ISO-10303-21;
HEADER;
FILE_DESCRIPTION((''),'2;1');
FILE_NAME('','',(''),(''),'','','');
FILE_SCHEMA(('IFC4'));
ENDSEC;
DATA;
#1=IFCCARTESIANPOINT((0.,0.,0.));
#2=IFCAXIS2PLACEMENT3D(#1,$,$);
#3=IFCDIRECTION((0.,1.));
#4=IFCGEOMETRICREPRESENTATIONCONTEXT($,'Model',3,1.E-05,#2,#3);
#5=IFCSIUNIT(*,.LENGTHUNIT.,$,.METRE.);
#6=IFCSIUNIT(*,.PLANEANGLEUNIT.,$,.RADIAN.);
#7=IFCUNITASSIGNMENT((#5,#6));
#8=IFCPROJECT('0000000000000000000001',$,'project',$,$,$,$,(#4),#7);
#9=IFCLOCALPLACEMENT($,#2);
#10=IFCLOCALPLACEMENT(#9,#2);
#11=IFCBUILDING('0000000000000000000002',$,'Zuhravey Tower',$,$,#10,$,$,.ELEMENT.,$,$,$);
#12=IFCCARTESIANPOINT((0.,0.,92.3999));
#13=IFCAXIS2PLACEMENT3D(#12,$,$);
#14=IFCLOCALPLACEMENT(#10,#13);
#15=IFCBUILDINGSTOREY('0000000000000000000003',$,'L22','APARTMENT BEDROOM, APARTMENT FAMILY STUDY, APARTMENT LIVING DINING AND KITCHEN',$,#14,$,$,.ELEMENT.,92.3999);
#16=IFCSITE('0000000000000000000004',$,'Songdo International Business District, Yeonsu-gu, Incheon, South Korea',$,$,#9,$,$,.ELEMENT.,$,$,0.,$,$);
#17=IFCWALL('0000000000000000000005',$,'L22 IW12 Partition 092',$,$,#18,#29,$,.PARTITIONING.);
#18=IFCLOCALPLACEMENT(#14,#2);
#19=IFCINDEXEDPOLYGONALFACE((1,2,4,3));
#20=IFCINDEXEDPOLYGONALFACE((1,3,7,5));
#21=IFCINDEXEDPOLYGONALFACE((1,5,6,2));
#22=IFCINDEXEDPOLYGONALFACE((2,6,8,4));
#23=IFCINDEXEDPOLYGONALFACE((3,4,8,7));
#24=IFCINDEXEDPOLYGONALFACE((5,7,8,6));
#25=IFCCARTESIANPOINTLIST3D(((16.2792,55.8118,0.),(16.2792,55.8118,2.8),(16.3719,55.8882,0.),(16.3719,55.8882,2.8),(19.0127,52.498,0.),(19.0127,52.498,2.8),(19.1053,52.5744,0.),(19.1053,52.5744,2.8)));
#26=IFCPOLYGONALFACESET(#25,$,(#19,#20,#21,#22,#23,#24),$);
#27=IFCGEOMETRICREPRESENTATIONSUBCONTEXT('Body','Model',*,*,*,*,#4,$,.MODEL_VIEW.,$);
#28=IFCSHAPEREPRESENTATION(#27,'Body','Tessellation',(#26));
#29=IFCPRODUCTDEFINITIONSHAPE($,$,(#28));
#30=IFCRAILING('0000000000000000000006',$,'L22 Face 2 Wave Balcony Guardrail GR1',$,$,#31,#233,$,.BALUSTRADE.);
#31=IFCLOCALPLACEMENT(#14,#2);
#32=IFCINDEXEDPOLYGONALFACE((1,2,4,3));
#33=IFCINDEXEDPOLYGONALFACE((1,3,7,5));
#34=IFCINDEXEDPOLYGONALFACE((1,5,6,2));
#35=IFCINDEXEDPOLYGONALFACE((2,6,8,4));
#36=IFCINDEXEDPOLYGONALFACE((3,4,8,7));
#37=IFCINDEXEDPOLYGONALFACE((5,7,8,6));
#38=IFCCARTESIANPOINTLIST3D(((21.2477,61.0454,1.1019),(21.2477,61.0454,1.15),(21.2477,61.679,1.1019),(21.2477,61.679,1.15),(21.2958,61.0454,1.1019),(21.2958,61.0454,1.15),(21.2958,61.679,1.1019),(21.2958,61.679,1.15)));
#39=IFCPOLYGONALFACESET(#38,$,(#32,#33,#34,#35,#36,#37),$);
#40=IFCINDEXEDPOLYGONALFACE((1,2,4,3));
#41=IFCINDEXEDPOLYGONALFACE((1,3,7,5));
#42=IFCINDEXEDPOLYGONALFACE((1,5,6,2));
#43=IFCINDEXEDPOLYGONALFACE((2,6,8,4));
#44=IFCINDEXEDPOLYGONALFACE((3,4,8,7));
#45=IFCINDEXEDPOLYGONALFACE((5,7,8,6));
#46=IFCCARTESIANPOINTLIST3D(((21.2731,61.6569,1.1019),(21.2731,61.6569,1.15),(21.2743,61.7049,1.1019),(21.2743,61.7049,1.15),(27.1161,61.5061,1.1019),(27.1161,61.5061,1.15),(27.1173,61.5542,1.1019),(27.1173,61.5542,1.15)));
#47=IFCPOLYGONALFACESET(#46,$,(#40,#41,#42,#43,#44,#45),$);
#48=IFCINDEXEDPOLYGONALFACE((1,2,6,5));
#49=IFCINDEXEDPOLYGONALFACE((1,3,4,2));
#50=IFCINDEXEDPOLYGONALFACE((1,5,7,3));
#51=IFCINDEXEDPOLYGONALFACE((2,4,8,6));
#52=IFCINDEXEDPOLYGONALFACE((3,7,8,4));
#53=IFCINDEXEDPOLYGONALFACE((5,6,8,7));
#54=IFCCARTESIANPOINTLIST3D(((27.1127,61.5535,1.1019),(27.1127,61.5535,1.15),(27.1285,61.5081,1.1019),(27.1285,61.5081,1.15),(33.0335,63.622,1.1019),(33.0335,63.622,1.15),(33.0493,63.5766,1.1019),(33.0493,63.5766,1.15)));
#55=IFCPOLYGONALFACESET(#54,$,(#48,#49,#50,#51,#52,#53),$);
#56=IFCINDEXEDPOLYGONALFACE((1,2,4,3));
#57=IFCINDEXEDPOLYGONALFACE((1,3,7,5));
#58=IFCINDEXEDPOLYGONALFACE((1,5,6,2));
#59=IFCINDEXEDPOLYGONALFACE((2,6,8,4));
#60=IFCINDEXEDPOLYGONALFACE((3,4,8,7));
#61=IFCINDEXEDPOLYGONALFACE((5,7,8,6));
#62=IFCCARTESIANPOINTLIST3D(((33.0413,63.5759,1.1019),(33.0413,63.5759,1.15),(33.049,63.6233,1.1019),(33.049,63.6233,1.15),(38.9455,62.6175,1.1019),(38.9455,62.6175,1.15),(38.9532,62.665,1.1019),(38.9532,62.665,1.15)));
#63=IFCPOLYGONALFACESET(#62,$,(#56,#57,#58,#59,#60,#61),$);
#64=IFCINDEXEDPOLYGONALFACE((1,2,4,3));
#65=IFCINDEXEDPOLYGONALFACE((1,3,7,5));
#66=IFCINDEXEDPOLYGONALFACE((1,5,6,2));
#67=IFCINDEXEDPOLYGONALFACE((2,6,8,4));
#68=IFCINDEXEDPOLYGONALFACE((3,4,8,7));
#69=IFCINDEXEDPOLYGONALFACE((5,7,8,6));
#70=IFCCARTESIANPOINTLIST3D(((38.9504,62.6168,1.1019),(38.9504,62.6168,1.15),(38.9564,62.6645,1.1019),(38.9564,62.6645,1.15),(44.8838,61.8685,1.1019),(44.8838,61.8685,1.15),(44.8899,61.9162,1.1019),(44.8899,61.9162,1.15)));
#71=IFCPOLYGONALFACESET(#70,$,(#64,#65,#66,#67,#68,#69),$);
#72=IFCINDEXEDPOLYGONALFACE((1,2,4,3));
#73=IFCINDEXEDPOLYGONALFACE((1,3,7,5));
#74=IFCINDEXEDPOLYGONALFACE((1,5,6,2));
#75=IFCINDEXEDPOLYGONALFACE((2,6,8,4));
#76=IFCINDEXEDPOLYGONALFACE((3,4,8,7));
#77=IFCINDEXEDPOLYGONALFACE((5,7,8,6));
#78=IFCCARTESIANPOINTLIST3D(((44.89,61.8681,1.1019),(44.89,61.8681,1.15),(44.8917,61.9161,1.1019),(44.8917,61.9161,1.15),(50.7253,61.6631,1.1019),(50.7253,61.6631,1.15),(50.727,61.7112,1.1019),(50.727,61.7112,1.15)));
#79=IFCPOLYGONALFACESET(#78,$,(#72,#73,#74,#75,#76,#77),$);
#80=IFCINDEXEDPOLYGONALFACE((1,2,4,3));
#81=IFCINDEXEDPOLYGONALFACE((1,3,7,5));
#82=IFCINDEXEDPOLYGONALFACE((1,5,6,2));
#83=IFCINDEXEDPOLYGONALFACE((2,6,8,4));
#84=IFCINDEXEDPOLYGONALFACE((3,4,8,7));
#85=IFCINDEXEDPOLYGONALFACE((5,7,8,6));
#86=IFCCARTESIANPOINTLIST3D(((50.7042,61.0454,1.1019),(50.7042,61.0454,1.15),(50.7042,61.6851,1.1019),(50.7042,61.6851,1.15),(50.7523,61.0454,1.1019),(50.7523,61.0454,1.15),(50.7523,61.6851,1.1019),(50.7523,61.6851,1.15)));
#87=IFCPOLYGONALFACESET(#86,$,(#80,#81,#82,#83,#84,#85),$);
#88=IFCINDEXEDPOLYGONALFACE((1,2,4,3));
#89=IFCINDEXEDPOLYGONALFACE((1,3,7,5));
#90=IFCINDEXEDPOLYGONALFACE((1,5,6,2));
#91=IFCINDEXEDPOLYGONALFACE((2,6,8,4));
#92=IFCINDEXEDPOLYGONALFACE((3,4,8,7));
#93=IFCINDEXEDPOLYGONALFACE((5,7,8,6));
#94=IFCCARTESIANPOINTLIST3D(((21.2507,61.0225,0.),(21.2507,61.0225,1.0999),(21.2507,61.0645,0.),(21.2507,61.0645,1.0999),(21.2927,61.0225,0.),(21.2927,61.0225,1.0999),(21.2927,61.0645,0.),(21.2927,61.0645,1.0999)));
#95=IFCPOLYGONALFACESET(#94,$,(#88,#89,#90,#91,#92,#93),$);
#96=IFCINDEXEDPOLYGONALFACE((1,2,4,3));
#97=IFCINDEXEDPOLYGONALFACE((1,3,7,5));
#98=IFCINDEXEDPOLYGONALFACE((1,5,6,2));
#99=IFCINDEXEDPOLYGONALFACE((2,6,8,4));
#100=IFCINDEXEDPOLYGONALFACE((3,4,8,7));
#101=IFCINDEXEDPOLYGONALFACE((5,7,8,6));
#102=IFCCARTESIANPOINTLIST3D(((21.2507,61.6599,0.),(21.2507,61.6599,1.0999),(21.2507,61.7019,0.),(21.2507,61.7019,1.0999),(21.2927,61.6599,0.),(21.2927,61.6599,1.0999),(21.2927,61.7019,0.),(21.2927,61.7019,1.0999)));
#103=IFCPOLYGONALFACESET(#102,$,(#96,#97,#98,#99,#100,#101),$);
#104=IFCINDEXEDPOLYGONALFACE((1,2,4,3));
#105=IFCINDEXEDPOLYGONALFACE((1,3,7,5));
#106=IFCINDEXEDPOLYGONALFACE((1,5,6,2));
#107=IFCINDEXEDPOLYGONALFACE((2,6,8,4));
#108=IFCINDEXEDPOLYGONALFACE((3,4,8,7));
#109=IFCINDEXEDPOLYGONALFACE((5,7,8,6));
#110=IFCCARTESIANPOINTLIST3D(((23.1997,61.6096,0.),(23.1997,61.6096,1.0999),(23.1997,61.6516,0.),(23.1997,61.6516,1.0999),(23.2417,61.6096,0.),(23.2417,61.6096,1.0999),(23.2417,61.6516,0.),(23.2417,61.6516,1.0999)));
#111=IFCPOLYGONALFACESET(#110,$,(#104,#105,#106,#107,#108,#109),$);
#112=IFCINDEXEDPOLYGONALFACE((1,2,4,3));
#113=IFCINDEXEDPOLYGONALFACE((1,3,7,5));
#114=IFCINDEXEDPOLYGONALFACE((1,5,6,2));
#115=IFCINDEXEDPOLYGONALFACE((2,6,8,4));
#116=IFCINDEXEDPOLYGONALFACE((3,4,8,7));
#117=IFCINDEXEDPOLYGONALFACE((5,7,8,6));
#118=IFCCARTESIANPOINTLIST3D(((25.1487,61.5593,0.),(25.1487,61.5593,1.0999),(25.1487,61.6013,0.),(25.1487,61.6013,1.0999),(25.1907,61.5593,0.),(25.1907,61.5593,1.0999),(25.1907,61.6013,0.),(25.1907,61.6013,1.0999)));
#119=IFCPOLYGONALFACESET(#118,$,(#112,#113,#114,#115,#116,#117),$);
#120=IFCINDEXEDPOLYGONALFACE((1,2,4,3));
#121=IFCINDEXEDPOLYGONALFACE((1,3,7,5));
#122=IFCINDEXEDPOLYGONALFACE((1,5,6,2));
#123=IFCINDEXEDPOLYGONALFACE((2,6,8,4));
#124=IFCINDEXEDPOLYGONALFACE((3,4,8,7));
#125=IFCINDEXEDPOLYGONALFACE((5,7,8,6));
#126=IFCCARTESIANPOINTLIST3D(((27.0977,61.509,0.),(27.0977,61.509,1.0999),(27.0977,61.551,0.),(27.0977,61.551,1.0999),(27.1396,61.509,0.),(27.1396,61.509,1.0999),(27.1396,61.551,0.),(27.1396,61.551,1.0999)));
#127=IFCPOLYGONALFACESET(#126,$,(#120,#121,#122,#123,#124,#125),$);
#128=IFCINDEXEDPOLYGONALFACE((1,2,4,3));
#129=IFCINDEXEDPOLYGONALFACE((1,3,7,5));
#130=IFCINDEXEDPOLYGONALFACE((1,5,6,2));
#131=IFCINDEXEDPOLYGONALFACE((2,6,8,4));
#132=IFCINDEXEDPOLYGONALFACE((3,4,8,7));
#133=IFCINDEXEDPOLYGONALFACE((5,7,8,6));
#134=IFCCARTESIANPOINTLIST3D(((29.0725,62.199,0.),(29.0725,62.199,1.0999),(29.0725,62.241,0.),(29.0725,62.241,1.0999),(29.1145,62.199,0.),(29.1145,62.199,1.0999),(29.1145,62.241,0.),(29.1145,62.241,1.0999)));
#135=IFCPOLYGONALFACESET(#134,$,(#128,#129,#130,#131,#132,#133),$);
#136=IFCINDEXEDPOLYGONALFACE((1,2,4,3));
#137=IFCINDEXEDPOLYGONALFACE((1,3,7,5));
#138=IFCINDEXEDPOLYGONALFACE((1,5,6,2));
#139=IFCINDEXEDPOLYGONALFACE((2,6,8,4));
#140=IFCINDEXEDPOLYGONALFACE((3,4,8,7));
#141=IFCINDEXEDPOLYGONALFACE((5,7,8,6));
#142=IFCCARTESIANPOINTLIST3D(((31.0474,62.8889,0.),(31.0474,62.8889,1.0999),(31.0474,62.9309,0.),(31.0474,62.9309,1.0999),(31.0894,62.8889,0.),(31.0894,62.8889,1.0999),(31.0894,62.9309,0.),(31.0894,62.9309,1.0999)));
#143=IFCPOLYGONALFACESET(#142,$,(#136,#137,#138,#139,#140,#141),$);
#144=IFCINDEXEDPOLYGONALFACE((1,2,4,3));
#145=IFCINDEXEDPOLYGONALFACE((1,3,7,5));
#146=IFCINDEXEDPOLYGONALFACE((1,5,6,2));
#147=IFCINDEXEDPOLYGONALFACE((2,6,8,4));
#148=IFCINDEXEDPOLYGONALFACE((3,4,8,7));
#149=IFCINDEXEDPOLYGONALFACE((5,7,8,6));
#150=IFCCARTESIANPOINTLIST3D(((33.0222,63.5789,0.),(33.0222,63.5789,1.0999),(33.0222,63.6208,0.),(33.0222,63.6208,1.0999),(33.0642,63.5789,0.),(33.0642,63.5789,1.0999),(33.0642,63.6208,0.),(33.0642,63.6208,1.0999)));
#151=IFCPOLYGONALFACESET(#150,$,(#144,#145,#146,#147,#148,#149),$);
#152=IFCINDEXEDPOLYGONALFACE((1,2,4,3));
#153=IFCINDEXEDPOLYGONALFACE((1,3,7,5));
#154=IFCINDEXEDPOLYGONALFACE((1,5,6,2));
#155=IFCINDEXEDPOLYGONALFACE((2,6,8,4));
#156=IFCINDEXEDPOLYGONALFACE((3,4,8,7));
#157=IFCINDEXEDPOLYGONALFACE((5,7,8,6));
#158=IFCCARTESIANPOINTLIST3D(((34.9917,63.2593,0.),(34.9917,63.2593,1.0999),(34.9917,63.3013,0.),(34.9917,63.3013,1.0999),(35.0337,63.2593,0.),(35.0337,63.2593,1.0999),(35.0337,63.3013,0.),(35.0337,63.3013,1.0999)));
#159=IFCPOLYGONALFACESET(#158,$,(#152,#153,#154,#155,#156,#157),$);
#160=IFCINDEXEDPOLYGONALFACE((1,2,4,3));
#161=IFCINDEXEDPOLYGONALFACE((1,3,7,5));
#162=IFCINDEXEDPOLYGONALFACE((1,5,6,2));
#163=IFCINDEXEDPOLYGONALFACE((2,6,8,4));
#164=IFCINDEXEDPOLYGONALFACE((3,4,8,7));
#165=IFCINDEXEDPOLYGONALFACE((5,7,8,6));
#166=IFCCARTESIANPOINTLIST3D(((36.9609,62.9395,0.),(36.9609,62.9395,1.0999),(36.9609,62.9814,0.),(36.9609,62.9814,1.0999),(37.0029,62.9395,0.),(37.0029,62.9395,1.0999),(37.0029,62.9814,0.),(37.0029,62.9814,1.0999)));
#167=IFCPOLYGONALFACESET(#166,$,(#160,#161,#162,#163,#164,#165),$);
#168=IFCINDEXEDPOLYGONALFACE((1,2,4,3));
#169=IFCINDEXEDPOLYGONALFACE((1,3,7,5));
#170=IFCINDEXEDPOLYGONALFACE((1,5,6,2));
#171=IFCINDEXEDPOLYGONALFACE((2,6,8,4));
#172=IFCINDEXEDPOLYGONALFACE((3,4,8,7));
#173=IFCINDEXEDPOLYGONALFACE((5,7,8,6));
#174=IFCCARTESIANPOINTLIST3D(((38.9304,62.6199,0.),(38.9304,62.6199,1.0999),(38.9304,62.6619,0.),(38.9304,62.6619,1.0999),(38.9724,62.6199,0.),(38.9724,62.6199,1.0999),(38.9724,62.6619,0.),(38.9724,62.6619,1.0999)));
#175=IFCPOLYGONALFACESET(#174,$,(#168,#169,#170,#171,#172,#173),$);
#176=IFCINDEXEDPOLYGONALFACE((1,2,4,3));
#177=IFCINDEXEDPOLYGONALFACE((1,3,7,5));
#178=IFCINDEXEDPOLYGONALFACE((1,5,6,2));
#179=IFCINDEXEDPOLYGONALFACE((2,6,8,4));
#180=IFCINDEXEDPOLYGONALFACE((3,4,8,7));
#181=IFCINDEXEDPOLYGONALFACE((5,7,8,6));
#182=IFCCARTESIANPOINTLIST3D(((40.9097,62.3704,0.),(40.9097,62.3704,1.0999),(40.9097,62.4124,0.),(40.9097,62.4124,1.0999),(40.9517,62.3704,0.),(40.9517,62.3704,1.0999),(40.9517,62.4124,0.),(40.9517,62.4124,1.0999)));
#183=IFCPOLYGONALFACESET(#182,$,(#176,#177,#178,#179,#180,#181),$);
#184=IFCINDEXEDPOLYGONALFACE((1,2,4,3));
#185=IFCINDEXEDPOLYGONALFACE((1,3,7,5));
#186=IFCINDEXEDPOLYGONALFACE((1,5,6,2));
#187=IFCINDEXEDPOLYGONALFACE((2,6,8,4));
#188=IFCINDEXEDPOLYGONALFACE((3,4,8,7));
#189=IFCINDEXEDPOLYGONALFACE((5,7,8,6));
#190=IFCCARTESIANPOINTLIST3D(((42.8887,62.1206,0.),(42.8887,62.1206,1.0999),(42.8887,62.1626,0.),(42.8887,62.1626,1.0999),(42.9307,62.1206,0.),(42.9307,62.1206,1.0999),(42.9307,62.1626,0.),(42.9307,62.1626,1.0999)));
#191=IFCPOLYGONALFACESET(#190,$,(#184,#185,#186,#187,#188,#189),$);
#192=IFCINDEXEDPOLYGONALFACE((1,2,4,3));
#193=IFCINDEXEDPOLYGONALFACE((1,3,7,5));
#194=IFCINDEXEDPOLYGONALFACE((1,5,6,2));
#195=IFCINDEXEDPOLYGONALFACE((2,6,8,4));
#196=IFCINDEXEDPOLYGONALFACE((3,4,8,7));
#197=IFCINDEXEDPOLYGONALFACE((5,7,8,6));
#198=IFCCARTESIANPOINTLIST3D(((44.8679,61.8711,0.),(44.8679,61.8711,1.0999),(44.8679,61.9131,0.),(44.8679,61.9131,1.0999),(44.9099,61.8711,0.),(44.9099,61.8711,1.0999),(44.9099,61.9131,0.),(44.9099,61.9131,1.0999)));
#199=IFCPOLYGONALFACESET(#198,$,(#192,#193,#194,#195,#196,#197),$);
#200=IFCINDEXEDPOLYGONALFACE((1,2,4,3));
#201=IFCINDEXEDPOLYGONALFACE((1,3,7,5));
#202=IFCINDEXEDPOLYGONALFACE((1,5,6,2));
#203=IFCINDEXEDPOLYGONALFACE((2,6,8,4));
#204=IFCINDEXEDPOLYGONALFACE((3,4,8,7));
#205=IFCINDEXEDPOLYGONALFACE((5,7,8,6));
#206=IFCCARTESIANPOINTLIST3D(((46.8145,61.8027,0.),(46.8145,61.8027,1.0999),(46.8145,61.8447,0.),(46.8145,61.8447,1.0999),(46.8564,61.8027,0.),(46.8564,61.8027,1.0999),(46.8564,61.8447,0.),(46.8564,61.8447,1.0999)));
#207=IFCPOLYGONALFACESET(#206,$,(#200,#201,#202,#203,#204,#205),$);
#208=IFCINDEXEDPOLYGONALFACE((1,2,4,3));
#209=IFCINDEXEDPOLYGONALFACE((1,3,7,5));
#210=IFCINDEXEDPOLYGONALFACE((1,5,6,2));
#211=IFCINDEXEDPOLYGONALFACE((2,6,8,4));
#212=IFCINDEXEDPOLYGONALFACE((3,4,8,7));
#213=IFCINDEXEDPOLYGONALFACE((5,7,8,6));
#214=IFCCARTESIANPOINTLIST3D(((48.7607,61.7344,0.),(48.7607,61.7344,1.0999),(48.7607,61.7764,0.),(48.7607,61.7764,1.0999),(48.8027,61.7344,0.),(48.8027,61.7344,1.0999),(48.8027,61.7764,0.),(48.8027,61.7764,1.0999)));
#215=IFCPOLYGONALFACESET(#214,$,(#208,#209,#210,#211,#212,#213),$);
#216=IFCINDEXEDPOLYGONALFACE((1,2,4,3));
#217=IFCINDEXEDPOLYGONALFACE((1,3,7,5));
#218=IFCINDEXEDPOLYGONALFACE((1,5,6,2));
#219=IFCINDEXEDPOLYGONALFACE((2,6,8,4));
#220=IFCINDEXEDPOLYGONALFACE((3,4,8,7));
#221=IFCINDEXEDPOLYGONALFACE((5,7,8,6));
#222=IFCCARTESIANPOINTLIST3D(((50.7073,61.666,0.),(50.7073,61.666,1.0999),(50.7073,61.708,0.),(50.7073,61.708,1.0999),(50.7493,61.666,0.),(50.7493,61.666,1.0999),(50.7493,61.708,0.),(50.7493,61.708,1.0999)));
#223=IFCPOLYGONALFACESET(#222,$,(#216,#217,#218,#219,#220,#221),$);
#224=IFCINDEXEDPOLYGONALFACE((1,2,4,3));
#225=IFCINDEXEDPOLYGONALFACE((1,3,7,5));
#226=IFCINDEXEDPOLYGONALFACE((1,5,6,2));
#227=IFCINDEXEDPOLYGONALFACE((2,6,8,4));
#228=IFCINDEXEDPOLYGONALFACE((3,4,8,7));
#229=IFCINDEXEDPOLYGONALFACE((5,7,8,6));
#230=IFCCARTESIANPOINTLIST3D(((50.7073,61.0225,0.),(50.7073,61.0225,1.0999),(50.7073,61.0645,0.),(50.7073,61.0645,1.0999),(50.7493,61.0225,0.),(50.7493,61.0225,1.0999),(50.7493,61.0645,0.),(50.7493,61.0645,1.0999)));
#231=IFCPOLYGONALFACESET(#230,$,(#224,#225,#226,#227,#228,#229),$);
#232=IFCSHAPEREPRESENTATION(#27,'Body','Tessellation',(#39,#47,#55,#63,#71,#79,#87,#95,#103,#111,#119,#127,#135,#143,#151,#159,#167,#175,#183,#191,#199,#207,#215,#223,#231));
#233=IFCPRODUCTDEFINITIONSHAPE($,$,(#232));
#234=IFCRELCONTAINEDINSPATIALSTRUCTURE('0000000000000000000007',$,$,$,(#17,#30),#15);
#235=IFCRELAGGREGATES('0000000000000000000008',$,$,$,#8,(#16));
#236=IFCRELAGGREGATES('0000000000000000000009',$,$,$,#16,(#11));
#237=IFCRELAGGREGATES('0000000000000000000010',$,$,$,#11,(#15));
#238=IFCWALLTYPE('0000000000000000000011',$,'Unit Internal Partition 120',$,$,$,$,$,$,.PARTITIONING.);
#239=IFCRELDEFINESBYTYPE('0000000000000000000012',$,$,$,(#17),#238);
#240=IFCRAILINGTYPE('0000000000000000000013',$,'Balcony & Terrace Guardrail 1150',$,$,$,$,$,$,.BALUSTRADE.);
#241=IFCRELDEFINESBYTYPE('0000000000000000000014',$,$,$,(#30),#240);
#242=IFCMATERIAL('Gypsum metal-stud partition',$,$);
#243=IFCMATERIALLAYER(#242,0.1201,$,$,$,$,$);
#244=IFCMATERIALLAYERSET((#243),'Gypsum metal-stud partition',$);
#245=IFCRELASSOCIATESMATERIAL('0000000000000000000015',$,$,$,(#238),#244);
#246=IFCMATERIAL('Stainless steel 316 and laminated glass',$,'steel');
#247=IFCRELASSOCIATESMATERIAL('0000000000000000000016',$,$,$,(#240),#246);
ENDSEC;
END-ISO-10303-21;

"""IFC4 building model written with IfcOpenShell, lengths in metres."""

from ifc_helpers import new_model, si_unit, direction, frame, frame_2d, origin, origin_2d, place, context, subcontext, project, spatial, rectangle, extrude, material, layer, layer_set, type_object, element, save


model = new_model("IFC4")

# Units and contexts
model_context = context("Model", 3, precision=1e-05, world=origin(), true_north=direction((0.0, 1.0)))
body_context = subcontext(model_context, "Body", "Model", "MODEL_VIEW")
ifc_project = project(units=[si_unit("LENGTHUNIT", "METRE"), si_unit("PLANEANGLEUNIT", "RADIAN")], contexts=[model_context])

# Site, building, storey
site_placement = place(None, origin())
site = spatial("IfcSite", under=ifc_project, at=site_placement, Name="Songdo International Business District, Yeonsu-gu, Incheon, South Korea", CompositionType="ELEMENT", RefElevation=0.0)
building_placement = place(site_placement, origin())
building = spatial("IfcBuilding", under=site, at=building_placement, Name="Zuhravey Tower", CompositionType="ELEMENT")
storey_placement = place(building_placement, frame((0.0, 0.0, 92.3999)))
storey = spatial("IfcBuildingStorey", under=building, at=storey_placement, Name="L22", Description="APARTMENT BEDROOM, APARTMENT FAMILY STUDY, APARTMENT LIVING DINING AND KITCHEN", CompositionType="ELEMENT", Elevation=92.3999)

# Shared definitions
ifc_material_1 = material(Name="Gypsum metal-stud partition")
ifc_layer_1 = layer(ifc_material_1, 0.1201)
ifc_layer_set_1 = layer_set([ifc_layer_1], Name="Gypsum metal-stud partition")
wall_type_1 = type_object("IfcWallType", Name="Unit Internal Partition 120", PredefinedType="PARTITIONING", material=ifc_layer_set_1)

# Wall
wall_1_placement = place(storey_placement, frame((19.0591, 52.5361, 0.0), z_axis=(0.0, 0.0, 1.0), x_axis=(-0.636325, 0.771421, 0.0)))
element("IfcWall", 1, at=wall_1_placement, inside=storey, type_object=wall_type_1, Name="L22 IW12 Partition 092", PredefinedType="PARTITIONING", context=body_context, shape_type="SweptSolid", body=[
    extrude(rectangle(XDim=4.2957, YDim=0.1201, at=frame_2d((2.1479, 0.0))), origin(), (0.0, 0.0, 1.0), 2.8),
])

# Railing
ifc_material_2 = material(Name="Stainless steel 316 and laminated glass", Category="steel")
railing_type = type_object("IfcRailingType", Name="Balcony & Terrace Guardrail 1150", PredefinedType="BALUSTRADE", material=ifc_material_2)
railing_placement = place(storey_placement, frame((21.2717, 61.0435, 0.0)))
element("IfcRailing", 2, at=railing_placement, inside=storey, type_object=railing_type, Name="L22 Face 2 Wave Balcony Guardrail GR1", PredefinedType="BALUSTRADE", context=body_context, shape_type="SweptSolid", body=[
    extrude(rectangle(XDim=0.0481, YDim=0.0481, at=origin_2d()), frame((0.0, 0.002, 1.126), z_axis=(0.0, 1.0, 0.0), x_axis=(-1.0, 0.0, 0.0)), (0.0, 0.0, 1.0), 0.6335),
    extrude(rectangle(XDim=0.0481, YDim=0.0481, at=origin_2d()), frame((0.002, 0.6375, 1.126), z_axis=(0.999667, -0.025796, 0.0), x_axis=(0.025796, 0.999667, 0.0)), (0.0, 0.0, 1.0), 5.845),
    extrude(rectangle(XDim=0.0481, YDim=0.0481, at=origin_2d()), frame((5.8489, 0.4873, 1.126), z_axis=(0.944046, 0.329815, 0.0), x_axis=(-0.329815, 0.944046, 0.0)), (0.0, 0.0, 1.0), 6.2717),
    extrude(rectangle(XDim=0.0481, YDim=0.0481, at=origin_2d()), frame((11.7734, 2.5562, 1.126), z_axis=(0.987082, -0.160217, 0.0), x_axis=(0.160217, 0.987082, 0.0)), (0.0, 0.0, 1.0), 5.9814),
    extrude(rectangle(XDim=0.0481, YDim=0.0481, at=origin_2d()), frame((17.6816, 1.5972, 1.126), z_axis=(0.992142, -0.125119, 0.0), x_axis=(0.125119, 0.992142, 0.0)), (0.0, 0.0, 1.0), 5.9805),
    extrude(rectangle(XDim=0.0481, YDim=0.0481, at=origin_2d()), frame((23.6191, 0.8486, 1.126), z_axis=(0.999384, -0.035098, 0.0), x_axis=(0.035098, 0.999384, 0.0)), (0.0, 0.0, 1.0), 5.8389),
    extrude(rectangle(XDim=0.0481, YDim=0.0481, at=origin_2d()), frame((29.4565, 0.6416, 1.126), z_axis=(0.0, -1.0, 0.0), x_axis=(1.0, 0.0, 0.0)), (0.0, 0.0, 1.0), 0.6396),
    extrude(rectangle(XDim=0.042, YDim=0.042, at=origin_2d()), origin(), (0.0, 0.0, 1.0), 1.0999),
    extrude(rectangle(XDim=0.042, YDim=0.042, at=origin_2d()), frame((0.0, 0.6375, 0.0)), (0.0, 0.0, 1.0), 1.0999),
    extrude(rectangle(XDim=0.042, YDim=0.042, at=origin_2d()), frame((1.949, 0.5872, 0.0)), (0.0, 0.0, 1.0), 1.0999),
    extrude(rectangle(XDim=0.042, YDim=0.042, at=origin_2d()), frame((3.8979, 0.5369, 0.0)), (0.0, 0.0, 1.0), 1.0999),
    extrude(rectangle(XDim=0.042, YDim=0.042, at=origin_2d()), frame((5.8469, 0.4866, 0.0)), (0.0, 0.0, 1.0), 1.0999),
    extrude(rectangle(XDim=0.042, YDim=0.042, at=origin_2d()), frame((7.8218, 1.1765, 0.0)), (0.0, 0.0, 1.0), 1.0999),
    extrude(rectangle(XDim=0.042, YDim=0.042, at=origin_2d()), frame((9.7966, 1.8665, 0.0)), (0.0, 0.0, 1.0), 1.0999),
    extrude(rectangle(XDim=0.042, YDim=0.042, at=origin_2d()), frame((11.7715, 2.5564, 0.0)), (0.0, 0.0, 1.0), 1.0999),
    extrude(rectangle(XDim=0.042, YDim=0.042, at=origin_2d()), frame((13.741, 2.2368, 0.0)), (0.0, 0.0, 1.0), 1.0999),
    extrude(rectangle(XDim=0.042, YDim=0.042, at=origin_2d()), frame((15.7102, 1.917, 0.0)), (0.0, 0.0, 1.0), 1.0999),
    extrude(rectangle(XDim=0.042, YDim=0.042, at=origin_2d()), frame((17.6797, 1.5974, 0.0)), (0.0, 0.0, 1.0), 1.0999),
    extrude(rectangle(XDim=0.042, YDim=0.042, at=origin_2d()), frame((19.6589, 1.3479, 0.0)), (0.0, 0.0, 1.0), 1.0999),
    extrude(rectangle(XDim=0.042, YDim=0.042, at=origin_2d()), frame((21.6379, 1.0981, 0.0)), (0.0, 0.0, 1.0), 1.0999),
    extrude(rectangle(XDim=0.042, YDim=0.042, at=origin_2d()), frame((23.6172, 0.8486, 0.0)), (0.0, 0.0, 1.0), 1.0999),
    extrude(rectangle(XDim=0.042, YDim=0.042, at=origin_2d()), frame((25.5637, 0.7803, 0.0)), (0.0, 0.0, 1.0), 1.0999),
    extrude(rectangle(XDim=0.042, YDim=0.042, at=origin_2d()), frame((27.51, 0.7119, 0.0)), (0.0, 0.0, 1.0), 1.0999),
    extrude(rectangle(XDim=0.042, YDim=0.042, at=origin_2d()), frame((29.4565, 0.6436, 0.0)), (0.0, 0.0, 1.0), 1.0999),
    extrude(rectangle(XDim=0.042, YDim=0.042, at=origin_2d()), frame((29.4565, 0.0, 0.0)), (0.0, 0.0, 1.0), 1.0999),
])

save(model, "model.ifc")
